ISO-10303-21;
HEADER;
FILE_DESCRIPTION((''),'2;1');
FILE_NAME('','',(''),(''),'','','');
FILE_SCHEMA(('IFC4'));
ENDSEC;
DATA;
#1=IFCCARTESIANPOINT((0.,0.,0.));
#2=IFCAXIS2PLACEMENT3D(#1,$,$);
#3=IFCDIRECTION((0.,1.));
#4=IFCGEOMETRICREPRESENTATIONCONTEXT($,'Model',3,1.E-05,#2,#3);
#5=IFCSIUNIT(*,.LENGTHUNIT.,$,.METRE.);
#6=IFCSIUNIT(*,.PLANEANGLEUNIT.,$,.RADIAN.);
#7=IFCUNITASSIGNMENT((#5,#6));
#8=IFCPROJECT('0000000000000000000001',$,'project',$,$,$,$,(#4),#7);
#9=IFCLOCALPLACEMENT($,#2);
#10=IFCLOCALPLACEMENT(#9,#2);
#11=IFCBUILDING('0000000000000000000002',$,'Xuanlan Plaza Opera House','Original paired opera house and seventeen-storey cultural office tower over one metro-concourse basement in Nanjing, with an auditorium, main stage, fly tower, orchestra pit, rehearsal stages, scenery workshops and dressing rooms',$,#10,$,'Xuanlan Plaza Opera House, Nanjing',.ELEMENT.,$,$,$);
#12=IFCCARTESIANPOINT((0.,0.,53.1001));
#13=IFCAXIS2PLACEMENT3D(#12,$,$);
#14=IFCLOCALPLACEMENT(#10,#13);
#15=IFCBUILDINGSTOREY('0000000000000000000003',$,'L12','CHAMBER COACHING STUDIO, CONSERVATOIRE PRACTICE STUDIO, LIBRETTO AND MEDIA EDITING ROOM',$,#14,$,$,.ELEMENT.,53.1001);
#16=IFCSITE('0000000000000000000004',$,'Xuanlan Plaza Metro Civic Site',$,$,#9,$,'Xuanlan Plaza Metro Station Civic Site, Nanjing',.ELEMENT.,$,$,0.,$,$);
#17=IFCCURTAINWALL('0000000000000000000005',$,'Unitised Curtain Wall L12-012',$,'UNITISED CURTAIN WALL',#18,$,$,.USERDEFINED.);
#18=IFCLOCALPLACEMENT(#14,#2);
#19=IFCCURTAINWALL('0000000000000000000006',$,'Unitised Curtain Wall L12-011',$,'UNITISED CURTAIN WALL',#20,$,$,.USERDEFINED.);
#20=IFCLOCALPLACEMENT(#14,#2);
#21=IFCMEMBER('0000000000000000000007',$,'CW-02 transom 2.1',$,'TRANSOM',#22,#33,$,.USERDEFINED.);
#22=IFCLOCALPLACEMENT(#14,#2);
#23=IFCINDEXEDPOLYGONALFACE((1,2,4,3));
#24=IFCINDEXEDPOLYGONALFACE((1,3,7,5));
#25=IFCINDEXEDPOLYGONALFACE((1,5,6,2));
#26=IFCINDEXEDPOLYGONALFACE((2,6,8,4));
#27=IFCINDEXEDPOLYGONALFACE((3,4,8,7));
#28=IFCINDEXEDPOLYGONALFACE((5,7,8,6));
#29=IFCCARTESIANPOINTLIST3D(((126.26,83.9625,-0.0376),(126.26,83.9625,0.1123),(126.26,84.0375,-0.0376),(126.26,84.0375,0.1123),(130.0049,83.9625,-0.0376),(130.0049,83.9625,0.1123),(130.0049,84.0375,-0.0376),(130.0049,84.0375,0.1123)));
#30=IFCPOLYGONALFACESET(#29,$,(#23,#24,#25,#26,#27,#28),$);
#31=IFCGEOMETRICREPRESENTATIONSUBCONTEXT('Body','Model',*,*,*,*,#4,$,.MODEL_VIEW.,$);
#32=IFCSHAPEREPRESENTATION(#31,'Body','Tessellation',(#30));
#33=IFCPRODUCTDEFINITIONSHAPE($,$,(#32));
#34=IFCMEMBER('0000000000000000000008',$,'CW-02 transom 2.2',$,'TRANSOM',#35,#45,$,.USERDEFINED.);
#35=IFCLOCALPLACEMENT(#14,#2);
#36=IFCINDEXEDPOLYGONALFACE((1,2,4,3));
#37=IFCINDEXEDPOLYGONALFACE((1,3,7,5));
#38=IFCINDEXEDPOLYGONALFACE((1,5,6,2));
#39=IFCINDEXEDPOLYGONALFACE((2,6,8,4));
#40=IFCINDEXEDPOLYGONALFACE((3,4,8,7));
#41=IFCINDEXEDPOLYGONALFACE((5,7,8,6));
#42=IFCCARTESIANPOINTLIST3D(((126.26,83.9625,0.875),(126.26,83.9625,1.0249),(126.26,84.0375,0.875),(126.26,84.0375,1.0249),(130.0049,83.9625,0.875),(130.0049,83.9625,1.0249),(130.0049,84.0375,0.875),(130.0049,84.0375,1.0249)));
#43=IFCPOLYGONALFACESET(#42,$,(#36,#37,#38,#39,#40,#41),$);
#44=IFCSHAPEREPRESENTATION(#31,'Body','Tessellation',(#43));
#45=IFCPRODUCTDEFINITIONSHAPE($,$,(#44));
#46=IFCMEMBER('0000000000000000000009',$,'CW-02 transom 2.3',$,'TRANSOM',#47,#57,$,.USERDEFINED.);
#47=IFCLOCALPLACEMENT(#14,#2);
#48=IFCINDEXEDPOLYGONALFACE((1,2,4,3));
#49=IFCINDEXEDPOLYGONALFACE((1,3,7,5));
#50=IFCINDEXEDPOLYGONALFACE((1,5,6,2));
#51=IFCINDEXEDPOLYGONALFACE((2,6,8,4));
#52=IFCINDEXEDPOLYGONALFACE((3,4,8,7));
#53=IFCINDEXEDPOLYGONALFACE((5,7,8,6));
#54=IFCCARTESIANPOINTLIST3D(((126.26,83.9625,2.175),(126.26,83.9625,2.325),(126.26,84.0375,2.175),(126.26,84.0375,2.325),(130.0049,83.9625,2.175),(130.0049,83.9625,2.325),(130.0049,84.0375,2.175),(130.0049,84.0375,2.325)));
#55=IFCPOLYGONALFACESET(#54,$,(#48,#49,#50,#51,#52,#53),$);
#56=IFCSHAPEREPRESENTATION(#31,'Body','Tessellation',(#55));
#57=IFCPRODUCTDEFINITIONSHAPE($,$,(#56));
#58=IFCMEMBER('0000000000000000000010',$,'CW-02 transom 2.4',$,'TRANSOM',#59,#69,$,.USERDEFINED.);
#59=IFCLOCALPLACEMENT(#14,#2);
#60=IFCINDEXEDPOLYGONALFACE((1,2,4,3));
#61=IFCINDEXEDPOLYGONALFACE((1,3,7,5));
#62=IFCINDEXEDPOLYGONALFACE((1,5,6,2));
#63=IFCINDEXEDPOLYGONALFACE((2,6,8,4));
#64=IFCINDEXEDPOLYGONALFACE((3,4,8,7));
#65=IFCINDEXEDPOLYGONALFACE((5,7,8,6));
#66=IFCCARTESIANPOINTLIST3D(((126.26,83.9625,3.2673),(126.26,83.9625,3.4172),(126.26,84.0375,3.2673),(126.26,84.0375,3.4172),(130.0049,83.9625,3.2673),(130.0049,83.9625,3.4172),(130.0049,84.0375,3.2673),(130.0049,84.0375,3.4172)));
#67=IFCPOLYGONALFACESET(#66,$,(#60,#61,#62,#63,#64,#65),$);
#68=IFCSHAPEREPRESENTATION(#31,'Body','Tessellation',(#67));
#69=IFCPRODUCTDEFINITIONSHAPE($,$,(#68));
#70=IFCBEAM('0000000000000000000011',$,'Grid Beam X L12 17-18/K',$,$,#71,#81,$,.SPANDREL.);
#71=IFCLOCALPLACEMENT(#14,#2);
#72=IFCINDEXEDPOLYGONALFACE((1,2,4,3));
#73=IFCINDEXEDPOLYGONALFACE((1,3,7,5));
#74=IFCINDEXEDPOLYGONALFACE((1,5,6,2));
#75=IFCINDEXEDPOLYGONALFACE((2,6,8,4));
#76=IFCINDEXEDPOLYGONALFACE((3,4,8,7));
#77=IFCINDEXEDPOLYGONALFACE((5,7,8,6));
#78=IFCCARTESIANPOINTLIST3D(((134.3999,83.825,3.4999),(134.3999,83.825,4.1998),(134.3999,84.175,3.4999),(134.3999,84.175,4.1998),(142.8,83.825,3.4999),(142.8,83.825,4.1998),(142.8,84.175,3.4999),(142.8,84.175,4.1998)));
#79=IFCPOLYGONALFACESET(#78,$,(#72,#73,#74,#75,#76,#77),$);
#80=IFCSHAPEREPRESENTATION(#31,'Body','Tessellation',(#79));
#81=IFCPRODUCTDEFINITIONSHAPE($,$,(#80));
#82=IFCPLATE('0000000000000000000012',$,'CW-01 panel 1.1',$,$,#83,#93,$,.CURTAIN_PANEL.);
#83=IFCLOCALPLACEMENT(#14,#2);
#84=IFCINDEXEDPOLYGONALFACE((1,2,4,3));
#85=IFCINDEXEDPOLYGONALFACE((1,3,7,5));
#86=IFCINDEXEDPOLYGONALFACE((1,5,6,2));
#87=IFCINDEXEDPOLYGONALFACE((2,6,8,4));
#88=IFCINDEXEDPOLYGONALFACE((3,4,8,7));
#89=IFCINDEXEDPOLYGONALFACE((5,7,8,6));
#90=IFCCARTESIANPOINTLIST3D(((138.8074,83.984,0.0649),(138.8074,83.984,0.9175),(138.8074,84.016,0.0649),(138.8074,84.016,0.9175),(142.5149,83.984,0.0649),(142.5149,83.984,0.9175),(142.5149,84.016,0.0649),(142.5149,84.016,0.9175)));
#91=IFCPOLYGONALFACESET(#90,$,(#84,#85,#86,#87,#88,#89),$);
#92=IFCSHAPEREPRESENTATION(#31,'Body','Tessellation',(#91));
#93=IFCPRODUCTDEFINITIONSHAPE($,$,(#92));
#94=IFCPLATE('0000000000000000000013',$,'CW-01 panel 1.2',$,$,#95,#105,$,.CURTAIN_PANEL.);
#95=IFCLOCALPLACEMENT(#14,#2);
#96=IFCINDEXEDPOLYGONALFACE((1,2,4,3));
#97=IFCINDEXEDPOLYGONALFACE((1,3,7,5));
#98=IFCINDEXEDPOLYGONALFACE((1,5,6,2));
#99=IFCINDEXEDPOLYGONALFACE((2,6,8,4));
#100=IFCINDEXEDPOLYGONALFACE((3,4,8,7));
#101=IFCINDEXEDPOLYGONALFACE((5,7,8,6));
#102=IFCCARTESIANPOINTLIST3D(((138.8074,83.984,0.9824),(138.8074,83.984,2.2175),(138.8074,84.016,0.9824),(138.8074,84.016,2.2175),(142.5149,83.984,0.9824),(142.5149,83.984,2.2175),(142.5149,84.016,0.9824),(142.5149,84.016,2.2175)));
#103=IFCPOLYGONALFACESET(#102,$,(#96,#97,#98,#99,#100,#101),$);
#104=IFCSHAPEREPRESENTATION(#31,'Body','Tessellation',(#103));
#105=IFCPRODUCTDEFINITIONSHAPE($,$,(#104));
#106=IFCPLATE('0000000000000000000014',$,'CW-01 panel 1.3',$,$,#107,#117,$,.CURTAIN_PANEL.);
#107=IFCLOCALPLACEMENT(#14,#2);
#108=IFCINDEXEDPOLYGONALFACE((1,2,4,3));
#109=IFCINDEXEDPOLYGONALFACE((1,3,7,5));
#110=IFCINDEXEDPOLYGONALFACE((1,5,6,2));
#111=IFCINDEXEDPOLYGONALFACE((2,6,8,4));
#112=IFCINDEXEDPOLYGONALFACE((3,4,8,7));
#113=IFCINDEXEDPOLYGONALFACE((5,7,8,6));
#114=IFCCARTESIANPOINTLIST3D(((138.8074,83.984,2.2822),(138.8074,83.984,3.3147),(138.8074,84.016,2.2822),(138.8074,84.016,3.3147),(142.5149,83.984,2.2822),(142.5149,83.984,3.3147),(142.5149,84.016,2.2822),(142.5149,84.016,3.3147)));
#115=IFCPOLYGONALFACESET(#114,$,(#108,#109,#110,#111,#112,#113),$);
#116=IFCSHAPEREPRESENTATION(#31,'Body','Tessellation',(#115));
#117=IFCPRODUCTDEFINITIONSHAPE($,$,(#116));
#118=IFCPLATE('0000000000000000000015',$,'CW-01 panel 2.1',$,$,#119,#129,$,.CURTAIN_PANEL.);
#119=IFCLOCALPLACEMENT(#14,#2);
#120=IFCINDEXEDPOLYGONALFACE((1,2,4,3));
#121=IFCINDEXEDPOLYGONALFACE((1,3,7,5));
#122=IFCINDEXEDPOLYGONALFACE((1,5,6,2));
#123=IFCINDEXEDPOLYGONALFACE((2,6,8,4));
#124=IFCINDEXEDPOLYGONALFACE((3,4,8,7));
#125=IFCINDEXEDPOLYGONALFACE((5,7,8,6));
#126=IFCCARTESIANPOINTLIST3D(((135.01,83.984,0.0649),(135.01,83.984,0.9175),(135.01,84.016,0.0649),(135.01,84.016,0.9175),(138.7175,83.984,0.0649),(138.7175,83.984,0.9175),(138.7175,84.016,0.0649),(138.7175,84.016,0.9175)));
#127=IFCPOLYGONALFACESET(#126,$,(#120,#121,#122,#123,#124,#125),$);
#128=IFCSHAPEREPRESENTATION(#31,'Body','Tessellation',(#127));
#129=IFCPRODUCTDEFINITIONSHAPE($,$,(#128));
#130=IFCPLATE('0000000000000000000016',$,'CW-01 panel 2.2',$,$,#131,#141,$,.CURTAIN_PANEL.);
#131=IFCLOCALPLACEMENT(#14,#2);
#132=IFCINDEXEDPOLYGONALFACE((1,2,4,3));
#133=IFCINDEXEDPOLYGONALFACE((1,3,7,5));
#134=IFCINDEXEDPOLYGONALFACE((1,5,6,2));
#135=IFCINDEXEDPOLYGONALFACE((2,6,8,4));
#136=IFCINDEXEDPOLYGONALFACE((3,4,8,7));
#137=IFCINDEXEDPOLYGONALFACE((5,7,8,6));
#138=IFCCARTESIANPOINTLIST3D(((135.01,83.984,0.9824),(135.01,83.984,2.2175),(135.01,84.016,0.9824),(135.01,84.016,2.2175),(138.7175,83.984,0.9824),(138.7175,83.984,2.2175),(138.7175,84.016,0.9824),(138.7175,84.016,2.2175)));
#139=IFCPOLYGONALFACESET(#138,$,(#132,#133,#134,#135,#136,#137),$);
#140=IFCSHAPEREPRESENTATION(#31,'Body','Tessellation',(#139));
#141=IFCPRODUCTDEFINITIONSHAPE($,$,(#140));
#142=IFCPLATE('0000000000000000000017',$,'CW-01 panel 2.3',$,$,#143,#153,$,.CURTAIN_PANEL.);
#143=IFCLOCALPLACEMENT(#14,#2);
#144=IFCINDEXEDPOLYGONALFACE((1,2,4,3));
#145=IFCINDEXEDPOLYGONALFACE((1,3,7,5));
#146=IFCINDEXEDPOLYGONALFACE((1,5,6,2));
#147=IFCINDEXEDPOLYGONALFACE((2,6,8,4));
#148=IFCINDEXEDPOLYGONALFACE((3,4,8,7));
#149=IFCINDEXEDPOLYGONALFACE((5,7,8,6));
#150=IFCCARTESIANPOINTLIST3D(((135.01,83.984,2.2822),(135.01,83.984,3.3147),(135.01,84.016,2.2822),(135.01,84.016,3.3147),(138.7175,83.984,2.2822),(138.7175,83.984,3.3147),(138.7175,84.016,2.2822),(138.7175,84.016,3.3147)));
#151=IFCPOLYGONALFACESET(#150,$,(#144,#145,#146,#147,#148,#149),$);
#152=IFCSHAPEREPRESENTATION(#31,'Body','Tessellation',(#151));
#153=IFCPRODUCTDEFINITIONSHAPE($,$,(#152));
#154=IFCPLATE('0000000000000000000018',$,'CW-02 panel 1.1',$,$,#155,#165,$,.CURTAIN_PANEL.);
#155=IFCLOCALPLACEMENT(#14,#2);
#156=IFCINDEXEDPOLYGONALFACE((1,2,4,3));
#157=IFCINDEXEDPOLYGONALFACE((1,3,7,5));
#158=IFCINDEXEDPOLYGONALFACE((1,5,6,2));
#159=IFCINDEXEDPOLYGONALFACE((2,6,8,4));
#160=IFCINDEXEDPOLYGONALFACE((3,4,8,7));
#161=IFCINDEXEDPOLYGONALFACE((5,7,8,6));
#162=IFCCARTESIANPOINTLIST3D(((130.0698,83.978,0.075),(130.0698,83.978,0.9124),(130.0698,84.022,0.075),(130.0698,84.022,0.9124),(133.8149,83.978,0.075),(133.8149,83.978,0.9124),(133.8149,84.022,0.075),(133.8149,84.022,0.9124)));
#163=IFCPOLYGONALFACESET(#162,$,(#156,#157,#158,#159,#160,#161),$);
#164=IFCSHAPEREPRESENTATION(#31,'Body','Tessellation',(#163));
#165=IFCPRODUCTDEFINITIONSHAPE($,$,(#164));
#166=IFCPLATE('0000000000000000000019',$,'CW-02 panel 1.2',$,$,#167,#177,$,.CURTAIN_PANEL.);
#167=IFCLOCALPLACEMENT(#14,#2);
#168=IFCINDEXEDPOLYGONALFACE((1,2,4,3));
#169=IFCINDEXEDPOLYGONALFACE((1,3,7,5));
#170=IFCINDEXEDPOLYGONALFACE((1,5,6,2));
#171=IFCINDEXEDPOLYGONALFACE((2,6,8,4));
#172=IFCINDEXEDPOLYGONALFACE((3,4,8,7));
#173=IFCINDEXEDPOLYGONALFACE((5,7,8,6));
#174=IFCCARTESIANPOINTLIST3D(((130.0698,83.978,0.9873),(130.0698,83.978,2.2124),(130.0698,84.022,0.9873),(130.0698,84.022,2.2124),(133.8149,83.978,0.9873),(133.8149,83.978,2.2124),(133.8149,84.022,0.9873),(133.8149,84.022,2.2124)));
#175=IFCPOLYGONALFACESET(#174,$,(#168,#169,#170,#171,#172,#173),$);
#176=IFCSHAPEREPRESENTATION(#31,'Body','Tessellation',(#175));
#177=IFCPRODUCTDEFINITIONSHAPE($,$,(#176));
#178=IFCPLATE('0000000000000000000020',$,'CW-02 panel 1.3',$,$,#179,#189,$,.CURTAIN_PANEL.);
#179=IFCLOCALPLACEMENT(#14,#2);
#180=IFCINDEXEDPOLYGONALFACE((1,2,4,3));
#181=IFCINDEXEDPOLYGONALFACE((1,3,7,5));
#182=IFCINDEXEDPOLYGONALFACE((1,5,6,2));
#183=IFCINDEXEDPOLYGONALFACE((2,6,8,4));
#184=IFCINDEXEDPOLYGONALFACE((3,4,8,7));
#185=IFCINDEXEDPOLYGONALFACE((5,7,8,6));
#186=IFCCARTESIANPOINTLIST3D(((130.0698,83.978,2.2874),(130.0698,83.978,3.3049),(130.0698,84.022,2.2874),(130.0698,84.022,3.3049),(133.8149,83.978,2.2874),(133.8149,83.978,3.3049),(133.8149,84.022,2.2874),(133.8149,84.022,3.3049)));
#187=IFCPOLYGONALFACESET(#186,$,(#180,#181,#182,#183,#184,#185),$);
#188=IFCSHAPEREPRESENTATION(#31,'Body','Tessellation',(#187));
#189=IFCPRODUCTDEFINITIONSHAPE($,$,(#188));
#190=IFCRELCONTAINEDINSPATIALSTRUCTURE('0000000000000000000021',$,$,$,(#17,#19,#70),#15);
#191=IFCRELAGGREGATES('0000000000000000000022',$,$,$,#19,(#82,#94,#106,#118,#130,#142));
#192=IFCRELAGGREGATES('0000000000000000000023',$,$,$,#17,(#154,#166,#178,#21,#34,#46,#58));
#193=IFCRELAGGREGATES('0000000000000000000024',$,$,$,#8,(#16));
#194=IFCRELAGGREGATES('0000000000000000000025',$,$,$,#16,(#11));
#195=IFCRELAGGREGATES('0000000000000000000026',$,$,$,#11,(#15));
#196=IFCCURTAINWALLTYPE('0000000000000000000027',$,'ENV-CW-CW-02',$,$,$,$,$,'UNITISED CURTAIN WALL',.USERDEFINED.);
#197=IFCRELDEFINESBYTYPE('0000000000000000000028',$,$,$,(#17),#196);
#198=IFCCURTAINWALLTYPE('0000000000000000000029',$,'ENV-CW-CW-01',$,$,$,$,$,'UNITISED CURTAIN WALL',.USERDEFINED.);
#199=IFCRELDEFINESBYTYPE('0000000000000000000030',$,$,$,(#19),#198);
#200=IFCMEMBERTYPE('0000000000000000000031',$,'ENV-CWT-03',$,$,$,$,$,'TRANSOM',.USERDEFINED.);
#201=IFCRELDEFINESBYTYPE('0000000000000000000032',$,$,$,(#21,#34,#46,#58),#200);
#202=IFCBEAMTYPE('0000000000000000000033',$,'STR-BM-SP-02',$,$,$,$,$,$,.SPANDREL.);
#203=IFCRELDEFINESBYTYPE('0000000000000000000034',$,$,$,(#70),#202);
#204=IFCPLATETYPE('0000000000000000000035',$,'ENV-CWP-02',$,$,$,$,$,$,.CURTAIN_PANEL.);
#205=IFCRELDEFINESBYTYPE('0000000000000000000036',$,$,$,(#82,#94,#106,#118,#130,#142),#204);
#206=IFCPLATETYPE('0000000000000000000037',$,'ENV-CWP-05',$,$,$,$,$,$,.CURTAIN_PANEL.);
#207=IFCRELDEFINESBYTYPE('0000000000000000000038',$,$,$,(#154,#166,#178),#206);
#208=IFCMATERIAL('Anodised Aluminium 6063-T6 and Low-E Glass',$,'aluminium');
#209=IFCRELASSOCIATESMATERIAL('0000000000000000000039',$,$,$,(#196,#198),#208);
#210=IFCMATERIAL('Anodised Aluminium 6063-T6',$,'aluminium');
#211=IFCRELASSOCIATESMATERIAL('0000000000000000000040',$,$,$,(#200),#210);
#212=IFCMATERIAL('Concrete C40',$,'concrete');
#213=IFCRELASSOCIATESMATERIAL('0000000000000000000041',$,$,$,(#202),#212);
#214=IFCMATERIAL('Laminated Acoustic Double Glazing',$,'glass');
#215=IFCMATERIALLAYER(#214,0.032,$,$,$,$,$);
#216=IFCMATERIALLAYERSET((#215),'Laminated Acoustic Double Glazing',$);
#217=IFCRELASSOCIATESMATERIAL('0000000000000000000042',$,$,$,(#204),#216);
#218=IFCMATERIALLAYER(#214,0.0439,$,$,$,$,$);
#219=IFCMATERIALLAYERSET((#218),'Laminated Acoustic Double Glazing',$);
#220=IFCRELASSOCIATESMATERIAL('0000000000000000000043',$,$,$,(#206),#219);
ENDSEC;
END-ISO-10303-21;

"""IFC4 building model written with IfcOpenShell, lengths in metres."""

from ifc_helpers import new_model, si_unit, direction, frame, origin, origin_2d, place, context, subcontext, project, spatial, rectangle, extrude, material, layer, layer_set, material_profile, profile_set, type_object, element, aggregate, save


model = new_model("IFC4")

# Units and contexts
model_context = context("Model", 3, precision=1e-05, world=origin(), true_north=direction((0.0, 1.0)))
body_context = subcontext(model_context, "Body", "Model", "MODEL_VIEW")
ifc_project = project(units=[si_unit("LENGTHUNIT", "METRE"), si_unit("PLANEANGLEUNIT", "RADIAN")], contexts=[model_context])

# Site, building, storey
site_placement = place(None, origin())
site = spatial("IfcSite", under=ifc_project, at=site_placement, Name="Xuanlan Plaza Metro Civic Site", LongName="Xuanlan Plaza Metro Station Civic Site, Nanjing", CompositionType="ELEMENT", RefElevation=0.0)
building_placement = place(site_placement, origin())
building = spatial("IfcBuilding", under=site, at=building_placement, Name="Xuanlan Plaza Opera House", Description="Original paired opera house and seventeen-storey cultural office tower over one metro-concourse basement in Nanjing, with an auditorium, main stage, fly tower, orchestra pit, rehearsal stages, scenery workshops and dressing rooms", LongName="Xuanlan Plaza Opera House, Nanjing", CompositionType="ELEMENT")
storey_placement = place(building_placement, frame((0.0, 0.0, 53.1001)))
storey = spatial("IfcBuildingStorey", under=building, at=storey_placement, Name="L12", Description="CHAMBER COACHING STUDIO, CONSERVATOIRE PRACTICE STUDIO, LIBRETTO AND MEDIA EDITING ROOM", CompositionType="ELEMENT", Elevation=53.1001)

# Curtain walls
ifc_material_1 = material(Name="Anodised Aluminium 6063-T6 and Low-E Glass", Category="aluminium")
curtain_wall_type_1 = type_object("IfcCurtainWallType", Name="ENV-CW-CW-02", ElementType="UNITISED CURTAIN WALL", PredefinedType="USERDEFINED", material=ifc_material_1)
curtain_wall_1_placement = place(storey_placement, origin())
curtain_wall_1 = element("IfcCurtainWall", 1, at=curtain_wall_1_placement, inside=storey, type_object=curtain_wall_type_1, Name="Unitised Curtain Wall L12-012", ObjectType="UNITISED CURTAIN WALL", PredefinedType="USERDEFINED")
ifc_material_2 = material(Name="Anodised Aluminium 6063-T6", Category="aluminium")
curtain_wall_type_2 = type_object("IfcCurtainWallType", Name="ENV-CW-CW-01", ElementType="UNITISED CURTAIN WALL", PredefinedType="USERDEFINED", material=ifc_material_1)
curtain_wall_2_placement = place(storey_placement, origin())
curtain_wall_2 = element("IfcCurtainWall", 2, at=curtain_wall_2_placement, inside=storey, type_object=curtain_wall_type_2, Name="Unitised Curtain Wall L12-011", ObjectType="UNITISED CURTAIN WALL", PredefinedType="USERDEFINED")

# Members
ifc_material_profile_1 = material_profile(ifc_material_2, rectangle(XDim=0.075, YDim=0.1499, at=origin_2d()), Name="ALU-T 75x150")
ifc_profile_set_1 = profile_set([ifc_material_profile_1], Name="Anodised Aluminium 6063-T6")
member_type_1 = type_object("IfcMemberType", Name="ENV-CWT-03", ElementType="TRANSOM", PredefinedType="USERDEFINED", material=ifc_profile_set_1)
member_1_placement = place(storey_placement, frame((130.0049, 84.0, 0.0374), z_axis=(-1.0, 0.0, 0.0), x_axis=(0.0, -1.0, 0.0)))
member_1 = element("IfcMember", 3, at=member_1_placement, type_object=member_type_1, Name="CW-02 transom 2.1", ObjectType="TRANSOM", PredefinedType="USERDEFINED", context=body_context, shape_type="SweptSolid", body=[
    extrude(rectangle(XDim=0.075, YDim=0.1499, at=origin_2d()), origin(), (0.0, 0.0, 1.0), 3.7449),
])
member_2_placement = place(storey_placement, frame((130.0049, 84.0, 0.95), z_axis=(-1.0, 0.0, 0.0), x_axis=(0.0, -1.0, 0.0)))
member_2 = element("IfcMember", 4, at=member_2_placement, type_object=member_type_1, Name="CW-02 transom 2.2", ObjectType="TRANSOM", PredefinedType="USERDEFINED", context=body_context, shape_type="SweptSolid", body=[
    extrude(rectangle(XDim=0.075, YDim=0.1499, at=origin_2d()), origin(), (0.0, 0.0, 1.0), 3.7449),
])
member_3_placement = place(storey_placement, frame((130.0049, 84.0, 2.25), z_axis=(-1.0, 0.0, 0.0), x_axis=(0.0, -1.0, 0.0)))
member_3 = element("IfcMember", 5, at=member_3_placement, type_object=member_type_1, Name="CW-02 transom 2.3", ObjectType="TRANSOM", PredefinedType="USERDEFINED", context=body_context, shape_type="SweptSolid", body=[
    extrude(rectangle(XDim=0.075, YDim=0.1499, at=origin_2d()), origin(), (0.0, 0.0, 1.0), 3.7449),
])
member_4_placement = place(storey_placement, frame((130.0049, 84.0, 3.3423), z_axis=(-1.0, 0.0, 0.0), x_axis=(0.0, -1.0, 0.0)))
member_4 = element("IfcMember", 6, at=member_4_placement, type_object=member_type_1, Name="CW-02 transom 2.4", ObjectType="TRANSOM", PredefinedType="USERDEFINED", context=body_context, shape_type="SweptSolid", body=[
    extrude(rectangle(XDim=0.075, YDim=0.1499, at=origin_2d()), origin(), (0.0, 0.0, 1.0), 3.7449),
])

# Beam
ifc_material_3 = material(Name="Concrete C40", Category="concrete")
ifc_material_profile_2 = material_profile(ifc_material_3, rectangle(XDim=0.3501, YDim=0.7, at=origin_2d()), Name="RC-SPD 350x700")
ifc_profile_set_2 = profile_set([ifc_material_profile_2], Name="Concrete C40")
beam_type = type_object("IfcBeamType", Name="STR-BM-SP-02", PredefinedType="SPANDREL", material=ifc_profile_set_2)
beam_placement = place(storey_placement, frame((134.3999, 84.0, 3.8499), z_axis=(1.0, 0.0, 0.0), x_axis=(0.0, 1.0, 0.0)))
element("IfcBeam", 7, at=beam_placement, inside=storey, type_object=beam_type, Name="Grid Beam X L12 17-18/K", PredefinedType="SPANDREL", context=body_context, shape_type="SweptSolid", body=[
    extrude(rectangle(XDim=0.3501, YDim=0.7, at=origin_2d()), origin(), (0.0, 0.0, 1.0), 8.4001),
])

# Plates
ifc_material_4 = material(Name="Laminated Acoustic Double Glazing", Category="glass")
ifc_layer_1 = layer(ifc_material_4, 0.032)
ifc_layer_set_1 = layer_set([ifc_layer_1], Name="Laminated Acoustic Double Glazing")
plate_type_1 = type_object("IfcPlateType", Name="ENV-CWP-02", PredefinedType="CURTAIN_PANEL", material=ifc_layer_set_1)
plate_1_placement = place(storey_placement, frame((140.6611, 84.0, 0.0649), z_axis=(0.0, 0.0, 1.0), x_axis=(-1.0, 0.0, 0.0)))
plate_1 = element("IfcPlate", 8, at=plate_1_placement, type_object=plate_type_1, Name="CW-01 panel 1.1", PredefinedType="CURTAIN_PANEL", context=body_context, shape_type="SweptSolid", body=[
    extrude(rectangle(XDim=3.7075, YDim=0.032, at=origin_2d()), origin(), (0.0, 0.0, 1.0), 0.8525),
])
plate_2_placement = place(storey_placement, frame((140.6611, 84.0, 0.9824), z_axis=(0.0, 0.0, 1.0), x_axis=(-1.0, 0.0, 0.0)))
plate_2 = element("IfcPlate", 9, at=plate_2_placement, type_object=plate_type_1, Name="CW-01 panel 1.2", PredefinedType="CURTAIN_PANEL", context=body_context, shape_type="SweptSolid", body=[
    extrude(rectangle(XDim=3.7075, YDim=0.032, at=origin_2d()), origin(), (0.0, 0.0, 1.0), 1.2351),
])
plate_3_placement = place(storey_placement, frame((140.6611, 84.0, 2.2822), z_axis=(0.0, 0.0, 1.0), x_axis=(-1.0, 0.0, 0.0)))
plate_3 = element("IfcPlate", 10, at=plate_3_placement, type_object=plate_type_1, Name="CW-01 panel 1.3", PredefinedType="CURTAIN_PANEL", context=body_context, shape_type="SweptSolid", body=[
    extrude(rectangle(XDim=3.7075, YDim=0.032, at=origin_2d()), origin(), (0.0, 0.0, 1.0), 1.0325),
])
plate_4_placement = place(storey_placement, frame((136.8638, 84.0, 0.0649), z_axis=(0.0, 0.0, 1.0), x_axis=(-1.0, 0.0, 0.0)))
plate_4 = element("IfcPlate", 11, at=plate_4_placement, type_object=plate_type_1, Name="CW-01 panel 2.1", PredefinedType="CURTAIN_PANEL", context=body_context, shape_type="SweptSolid", body=[
    extrude(rectangle(XDim=3.7075, YDim=0.032, at=origin_2d()), origin(), (0.0, 0.0, 1.0), 0.8525),
])
plate_5_placement = place(storey_placement, frame((136.8638, 84.0, 0.9824), z_axis=(0.0, 0.0, 1.0), x_axis=(-1.0, 0.0, 0.0)))
plate_5 = element("IfcPlate", 12, at=plate_5_placement, type_object=plate_type_1, Name="CW-01 panel 2.2", PredefinedType="CURTAIN_PANEL", context=body_context, shape_type="SweptSolid", body=[
    extrude(rectangle(XDim=3.7075, YDim=0.032, at=origin_2d()), origin(), (0.0, 0.0, 1.0), 1.2351),
])
plate_6_placement = place(storey_placement, frame((136.8638, 84.0, 2.2822), z_axis=(0.0, 0.0, 1.0), x_axis=(-1.0, 0.0, 0.0)))
plate_6 = element("IfcPlate", 13, at=plate_6_placement, type_object=plate_type_1, Name="CW-01 panel 2.3", PredefinedType="CURTAIN_PANEL", context=body_context, shape_type="SweptSolid", body=[
    extrude(rectangle(XDim=3.7075, YDim=0.032, at=origin_2d()), origin(), (0.0, 0.0, 1.0), 1.0325),
])
aggregate(curtain_wall_2, [plate_1, plate_2, plate_3, plate_4, plate_5, plate_6])
ifc_layer_2 = layer(ifc_material_4, 0.0439)
ifc_layer_set_2 = layer_set([ifc_layer_2], Name="Laminated Acoustic Double Glazing")
plate_type_2 = type_object("IfcPlateType", Name="ENV-CWP-05", PredefinedType="CURTAIN_PANEL", material=ifc_layer_set_2)
plate_7_placement = place(storey_placement, frame((131.9424, 84.0, 0.075), z_axis=(0.0, 0.0, 1.0), x_axis=(-1.0, 0.0, 0.0)))
plate_7 = element("IfcPlate", 14, at=plate_7_placement, type_object=plate_type_2, Name="CW-02 panel 1.1", PredefinedType="CURTAIN_PANEL", context=body_context, shape_type="SweptSolid", body=[
    extrude(rectangle(XDim=3.7451, YDim=0.0439, at=origin_2d()), origin(), (0.0, 0.0, 1.0), 0.8374),
])
plate_8_placement = place(storey_placement, frame((131.9424, 84.0, 0.9873), z_axis=(0.0, 0.0, 1.0), x_axis=(-1.0, 0.0, 0.0)))
plate_8 = element("IfcPlate", 15, at=plate_8_placement, type_object=plate_type_2, Name="CW-02 panel 1.2", PredefinedType="CURTAIN_PANEL", context=body_context, shape_type="SweptSolid", body=[
    extrude(rectangle(XDim=3.7451, YDim=0.0439, at=origin_2d()), origin(), (0.0, 0.0, 1.0), 1.2251),
])
plate_9_placement = place(storey_placement, frame((131.9424, 84.0, 2.2874), z_axis=(0.0, 0.0, 1.0), x_axis=(-1.0, 0.0, 0.0)))
plate_9 = element("IfcPlate", 16, at=plate_9_placement, type_object=plate_type_2, Name="CW-02 panel 1.3", PredefinedType="CURTAIN_PANEL", context=body_context, shape_type="SweptSolid", body=[
    extrude(rectangle(XDim=3.7451, YDim=0.0439, at=origin_2d()), origin(), (0.0, 0.0, 1.0), 1.0176),
])
aggregate(curtain_wall_1, [plate_7, plate_8, plate_9, member_1, member_2, member_3, member_4])

save(model, "model.ifc")
